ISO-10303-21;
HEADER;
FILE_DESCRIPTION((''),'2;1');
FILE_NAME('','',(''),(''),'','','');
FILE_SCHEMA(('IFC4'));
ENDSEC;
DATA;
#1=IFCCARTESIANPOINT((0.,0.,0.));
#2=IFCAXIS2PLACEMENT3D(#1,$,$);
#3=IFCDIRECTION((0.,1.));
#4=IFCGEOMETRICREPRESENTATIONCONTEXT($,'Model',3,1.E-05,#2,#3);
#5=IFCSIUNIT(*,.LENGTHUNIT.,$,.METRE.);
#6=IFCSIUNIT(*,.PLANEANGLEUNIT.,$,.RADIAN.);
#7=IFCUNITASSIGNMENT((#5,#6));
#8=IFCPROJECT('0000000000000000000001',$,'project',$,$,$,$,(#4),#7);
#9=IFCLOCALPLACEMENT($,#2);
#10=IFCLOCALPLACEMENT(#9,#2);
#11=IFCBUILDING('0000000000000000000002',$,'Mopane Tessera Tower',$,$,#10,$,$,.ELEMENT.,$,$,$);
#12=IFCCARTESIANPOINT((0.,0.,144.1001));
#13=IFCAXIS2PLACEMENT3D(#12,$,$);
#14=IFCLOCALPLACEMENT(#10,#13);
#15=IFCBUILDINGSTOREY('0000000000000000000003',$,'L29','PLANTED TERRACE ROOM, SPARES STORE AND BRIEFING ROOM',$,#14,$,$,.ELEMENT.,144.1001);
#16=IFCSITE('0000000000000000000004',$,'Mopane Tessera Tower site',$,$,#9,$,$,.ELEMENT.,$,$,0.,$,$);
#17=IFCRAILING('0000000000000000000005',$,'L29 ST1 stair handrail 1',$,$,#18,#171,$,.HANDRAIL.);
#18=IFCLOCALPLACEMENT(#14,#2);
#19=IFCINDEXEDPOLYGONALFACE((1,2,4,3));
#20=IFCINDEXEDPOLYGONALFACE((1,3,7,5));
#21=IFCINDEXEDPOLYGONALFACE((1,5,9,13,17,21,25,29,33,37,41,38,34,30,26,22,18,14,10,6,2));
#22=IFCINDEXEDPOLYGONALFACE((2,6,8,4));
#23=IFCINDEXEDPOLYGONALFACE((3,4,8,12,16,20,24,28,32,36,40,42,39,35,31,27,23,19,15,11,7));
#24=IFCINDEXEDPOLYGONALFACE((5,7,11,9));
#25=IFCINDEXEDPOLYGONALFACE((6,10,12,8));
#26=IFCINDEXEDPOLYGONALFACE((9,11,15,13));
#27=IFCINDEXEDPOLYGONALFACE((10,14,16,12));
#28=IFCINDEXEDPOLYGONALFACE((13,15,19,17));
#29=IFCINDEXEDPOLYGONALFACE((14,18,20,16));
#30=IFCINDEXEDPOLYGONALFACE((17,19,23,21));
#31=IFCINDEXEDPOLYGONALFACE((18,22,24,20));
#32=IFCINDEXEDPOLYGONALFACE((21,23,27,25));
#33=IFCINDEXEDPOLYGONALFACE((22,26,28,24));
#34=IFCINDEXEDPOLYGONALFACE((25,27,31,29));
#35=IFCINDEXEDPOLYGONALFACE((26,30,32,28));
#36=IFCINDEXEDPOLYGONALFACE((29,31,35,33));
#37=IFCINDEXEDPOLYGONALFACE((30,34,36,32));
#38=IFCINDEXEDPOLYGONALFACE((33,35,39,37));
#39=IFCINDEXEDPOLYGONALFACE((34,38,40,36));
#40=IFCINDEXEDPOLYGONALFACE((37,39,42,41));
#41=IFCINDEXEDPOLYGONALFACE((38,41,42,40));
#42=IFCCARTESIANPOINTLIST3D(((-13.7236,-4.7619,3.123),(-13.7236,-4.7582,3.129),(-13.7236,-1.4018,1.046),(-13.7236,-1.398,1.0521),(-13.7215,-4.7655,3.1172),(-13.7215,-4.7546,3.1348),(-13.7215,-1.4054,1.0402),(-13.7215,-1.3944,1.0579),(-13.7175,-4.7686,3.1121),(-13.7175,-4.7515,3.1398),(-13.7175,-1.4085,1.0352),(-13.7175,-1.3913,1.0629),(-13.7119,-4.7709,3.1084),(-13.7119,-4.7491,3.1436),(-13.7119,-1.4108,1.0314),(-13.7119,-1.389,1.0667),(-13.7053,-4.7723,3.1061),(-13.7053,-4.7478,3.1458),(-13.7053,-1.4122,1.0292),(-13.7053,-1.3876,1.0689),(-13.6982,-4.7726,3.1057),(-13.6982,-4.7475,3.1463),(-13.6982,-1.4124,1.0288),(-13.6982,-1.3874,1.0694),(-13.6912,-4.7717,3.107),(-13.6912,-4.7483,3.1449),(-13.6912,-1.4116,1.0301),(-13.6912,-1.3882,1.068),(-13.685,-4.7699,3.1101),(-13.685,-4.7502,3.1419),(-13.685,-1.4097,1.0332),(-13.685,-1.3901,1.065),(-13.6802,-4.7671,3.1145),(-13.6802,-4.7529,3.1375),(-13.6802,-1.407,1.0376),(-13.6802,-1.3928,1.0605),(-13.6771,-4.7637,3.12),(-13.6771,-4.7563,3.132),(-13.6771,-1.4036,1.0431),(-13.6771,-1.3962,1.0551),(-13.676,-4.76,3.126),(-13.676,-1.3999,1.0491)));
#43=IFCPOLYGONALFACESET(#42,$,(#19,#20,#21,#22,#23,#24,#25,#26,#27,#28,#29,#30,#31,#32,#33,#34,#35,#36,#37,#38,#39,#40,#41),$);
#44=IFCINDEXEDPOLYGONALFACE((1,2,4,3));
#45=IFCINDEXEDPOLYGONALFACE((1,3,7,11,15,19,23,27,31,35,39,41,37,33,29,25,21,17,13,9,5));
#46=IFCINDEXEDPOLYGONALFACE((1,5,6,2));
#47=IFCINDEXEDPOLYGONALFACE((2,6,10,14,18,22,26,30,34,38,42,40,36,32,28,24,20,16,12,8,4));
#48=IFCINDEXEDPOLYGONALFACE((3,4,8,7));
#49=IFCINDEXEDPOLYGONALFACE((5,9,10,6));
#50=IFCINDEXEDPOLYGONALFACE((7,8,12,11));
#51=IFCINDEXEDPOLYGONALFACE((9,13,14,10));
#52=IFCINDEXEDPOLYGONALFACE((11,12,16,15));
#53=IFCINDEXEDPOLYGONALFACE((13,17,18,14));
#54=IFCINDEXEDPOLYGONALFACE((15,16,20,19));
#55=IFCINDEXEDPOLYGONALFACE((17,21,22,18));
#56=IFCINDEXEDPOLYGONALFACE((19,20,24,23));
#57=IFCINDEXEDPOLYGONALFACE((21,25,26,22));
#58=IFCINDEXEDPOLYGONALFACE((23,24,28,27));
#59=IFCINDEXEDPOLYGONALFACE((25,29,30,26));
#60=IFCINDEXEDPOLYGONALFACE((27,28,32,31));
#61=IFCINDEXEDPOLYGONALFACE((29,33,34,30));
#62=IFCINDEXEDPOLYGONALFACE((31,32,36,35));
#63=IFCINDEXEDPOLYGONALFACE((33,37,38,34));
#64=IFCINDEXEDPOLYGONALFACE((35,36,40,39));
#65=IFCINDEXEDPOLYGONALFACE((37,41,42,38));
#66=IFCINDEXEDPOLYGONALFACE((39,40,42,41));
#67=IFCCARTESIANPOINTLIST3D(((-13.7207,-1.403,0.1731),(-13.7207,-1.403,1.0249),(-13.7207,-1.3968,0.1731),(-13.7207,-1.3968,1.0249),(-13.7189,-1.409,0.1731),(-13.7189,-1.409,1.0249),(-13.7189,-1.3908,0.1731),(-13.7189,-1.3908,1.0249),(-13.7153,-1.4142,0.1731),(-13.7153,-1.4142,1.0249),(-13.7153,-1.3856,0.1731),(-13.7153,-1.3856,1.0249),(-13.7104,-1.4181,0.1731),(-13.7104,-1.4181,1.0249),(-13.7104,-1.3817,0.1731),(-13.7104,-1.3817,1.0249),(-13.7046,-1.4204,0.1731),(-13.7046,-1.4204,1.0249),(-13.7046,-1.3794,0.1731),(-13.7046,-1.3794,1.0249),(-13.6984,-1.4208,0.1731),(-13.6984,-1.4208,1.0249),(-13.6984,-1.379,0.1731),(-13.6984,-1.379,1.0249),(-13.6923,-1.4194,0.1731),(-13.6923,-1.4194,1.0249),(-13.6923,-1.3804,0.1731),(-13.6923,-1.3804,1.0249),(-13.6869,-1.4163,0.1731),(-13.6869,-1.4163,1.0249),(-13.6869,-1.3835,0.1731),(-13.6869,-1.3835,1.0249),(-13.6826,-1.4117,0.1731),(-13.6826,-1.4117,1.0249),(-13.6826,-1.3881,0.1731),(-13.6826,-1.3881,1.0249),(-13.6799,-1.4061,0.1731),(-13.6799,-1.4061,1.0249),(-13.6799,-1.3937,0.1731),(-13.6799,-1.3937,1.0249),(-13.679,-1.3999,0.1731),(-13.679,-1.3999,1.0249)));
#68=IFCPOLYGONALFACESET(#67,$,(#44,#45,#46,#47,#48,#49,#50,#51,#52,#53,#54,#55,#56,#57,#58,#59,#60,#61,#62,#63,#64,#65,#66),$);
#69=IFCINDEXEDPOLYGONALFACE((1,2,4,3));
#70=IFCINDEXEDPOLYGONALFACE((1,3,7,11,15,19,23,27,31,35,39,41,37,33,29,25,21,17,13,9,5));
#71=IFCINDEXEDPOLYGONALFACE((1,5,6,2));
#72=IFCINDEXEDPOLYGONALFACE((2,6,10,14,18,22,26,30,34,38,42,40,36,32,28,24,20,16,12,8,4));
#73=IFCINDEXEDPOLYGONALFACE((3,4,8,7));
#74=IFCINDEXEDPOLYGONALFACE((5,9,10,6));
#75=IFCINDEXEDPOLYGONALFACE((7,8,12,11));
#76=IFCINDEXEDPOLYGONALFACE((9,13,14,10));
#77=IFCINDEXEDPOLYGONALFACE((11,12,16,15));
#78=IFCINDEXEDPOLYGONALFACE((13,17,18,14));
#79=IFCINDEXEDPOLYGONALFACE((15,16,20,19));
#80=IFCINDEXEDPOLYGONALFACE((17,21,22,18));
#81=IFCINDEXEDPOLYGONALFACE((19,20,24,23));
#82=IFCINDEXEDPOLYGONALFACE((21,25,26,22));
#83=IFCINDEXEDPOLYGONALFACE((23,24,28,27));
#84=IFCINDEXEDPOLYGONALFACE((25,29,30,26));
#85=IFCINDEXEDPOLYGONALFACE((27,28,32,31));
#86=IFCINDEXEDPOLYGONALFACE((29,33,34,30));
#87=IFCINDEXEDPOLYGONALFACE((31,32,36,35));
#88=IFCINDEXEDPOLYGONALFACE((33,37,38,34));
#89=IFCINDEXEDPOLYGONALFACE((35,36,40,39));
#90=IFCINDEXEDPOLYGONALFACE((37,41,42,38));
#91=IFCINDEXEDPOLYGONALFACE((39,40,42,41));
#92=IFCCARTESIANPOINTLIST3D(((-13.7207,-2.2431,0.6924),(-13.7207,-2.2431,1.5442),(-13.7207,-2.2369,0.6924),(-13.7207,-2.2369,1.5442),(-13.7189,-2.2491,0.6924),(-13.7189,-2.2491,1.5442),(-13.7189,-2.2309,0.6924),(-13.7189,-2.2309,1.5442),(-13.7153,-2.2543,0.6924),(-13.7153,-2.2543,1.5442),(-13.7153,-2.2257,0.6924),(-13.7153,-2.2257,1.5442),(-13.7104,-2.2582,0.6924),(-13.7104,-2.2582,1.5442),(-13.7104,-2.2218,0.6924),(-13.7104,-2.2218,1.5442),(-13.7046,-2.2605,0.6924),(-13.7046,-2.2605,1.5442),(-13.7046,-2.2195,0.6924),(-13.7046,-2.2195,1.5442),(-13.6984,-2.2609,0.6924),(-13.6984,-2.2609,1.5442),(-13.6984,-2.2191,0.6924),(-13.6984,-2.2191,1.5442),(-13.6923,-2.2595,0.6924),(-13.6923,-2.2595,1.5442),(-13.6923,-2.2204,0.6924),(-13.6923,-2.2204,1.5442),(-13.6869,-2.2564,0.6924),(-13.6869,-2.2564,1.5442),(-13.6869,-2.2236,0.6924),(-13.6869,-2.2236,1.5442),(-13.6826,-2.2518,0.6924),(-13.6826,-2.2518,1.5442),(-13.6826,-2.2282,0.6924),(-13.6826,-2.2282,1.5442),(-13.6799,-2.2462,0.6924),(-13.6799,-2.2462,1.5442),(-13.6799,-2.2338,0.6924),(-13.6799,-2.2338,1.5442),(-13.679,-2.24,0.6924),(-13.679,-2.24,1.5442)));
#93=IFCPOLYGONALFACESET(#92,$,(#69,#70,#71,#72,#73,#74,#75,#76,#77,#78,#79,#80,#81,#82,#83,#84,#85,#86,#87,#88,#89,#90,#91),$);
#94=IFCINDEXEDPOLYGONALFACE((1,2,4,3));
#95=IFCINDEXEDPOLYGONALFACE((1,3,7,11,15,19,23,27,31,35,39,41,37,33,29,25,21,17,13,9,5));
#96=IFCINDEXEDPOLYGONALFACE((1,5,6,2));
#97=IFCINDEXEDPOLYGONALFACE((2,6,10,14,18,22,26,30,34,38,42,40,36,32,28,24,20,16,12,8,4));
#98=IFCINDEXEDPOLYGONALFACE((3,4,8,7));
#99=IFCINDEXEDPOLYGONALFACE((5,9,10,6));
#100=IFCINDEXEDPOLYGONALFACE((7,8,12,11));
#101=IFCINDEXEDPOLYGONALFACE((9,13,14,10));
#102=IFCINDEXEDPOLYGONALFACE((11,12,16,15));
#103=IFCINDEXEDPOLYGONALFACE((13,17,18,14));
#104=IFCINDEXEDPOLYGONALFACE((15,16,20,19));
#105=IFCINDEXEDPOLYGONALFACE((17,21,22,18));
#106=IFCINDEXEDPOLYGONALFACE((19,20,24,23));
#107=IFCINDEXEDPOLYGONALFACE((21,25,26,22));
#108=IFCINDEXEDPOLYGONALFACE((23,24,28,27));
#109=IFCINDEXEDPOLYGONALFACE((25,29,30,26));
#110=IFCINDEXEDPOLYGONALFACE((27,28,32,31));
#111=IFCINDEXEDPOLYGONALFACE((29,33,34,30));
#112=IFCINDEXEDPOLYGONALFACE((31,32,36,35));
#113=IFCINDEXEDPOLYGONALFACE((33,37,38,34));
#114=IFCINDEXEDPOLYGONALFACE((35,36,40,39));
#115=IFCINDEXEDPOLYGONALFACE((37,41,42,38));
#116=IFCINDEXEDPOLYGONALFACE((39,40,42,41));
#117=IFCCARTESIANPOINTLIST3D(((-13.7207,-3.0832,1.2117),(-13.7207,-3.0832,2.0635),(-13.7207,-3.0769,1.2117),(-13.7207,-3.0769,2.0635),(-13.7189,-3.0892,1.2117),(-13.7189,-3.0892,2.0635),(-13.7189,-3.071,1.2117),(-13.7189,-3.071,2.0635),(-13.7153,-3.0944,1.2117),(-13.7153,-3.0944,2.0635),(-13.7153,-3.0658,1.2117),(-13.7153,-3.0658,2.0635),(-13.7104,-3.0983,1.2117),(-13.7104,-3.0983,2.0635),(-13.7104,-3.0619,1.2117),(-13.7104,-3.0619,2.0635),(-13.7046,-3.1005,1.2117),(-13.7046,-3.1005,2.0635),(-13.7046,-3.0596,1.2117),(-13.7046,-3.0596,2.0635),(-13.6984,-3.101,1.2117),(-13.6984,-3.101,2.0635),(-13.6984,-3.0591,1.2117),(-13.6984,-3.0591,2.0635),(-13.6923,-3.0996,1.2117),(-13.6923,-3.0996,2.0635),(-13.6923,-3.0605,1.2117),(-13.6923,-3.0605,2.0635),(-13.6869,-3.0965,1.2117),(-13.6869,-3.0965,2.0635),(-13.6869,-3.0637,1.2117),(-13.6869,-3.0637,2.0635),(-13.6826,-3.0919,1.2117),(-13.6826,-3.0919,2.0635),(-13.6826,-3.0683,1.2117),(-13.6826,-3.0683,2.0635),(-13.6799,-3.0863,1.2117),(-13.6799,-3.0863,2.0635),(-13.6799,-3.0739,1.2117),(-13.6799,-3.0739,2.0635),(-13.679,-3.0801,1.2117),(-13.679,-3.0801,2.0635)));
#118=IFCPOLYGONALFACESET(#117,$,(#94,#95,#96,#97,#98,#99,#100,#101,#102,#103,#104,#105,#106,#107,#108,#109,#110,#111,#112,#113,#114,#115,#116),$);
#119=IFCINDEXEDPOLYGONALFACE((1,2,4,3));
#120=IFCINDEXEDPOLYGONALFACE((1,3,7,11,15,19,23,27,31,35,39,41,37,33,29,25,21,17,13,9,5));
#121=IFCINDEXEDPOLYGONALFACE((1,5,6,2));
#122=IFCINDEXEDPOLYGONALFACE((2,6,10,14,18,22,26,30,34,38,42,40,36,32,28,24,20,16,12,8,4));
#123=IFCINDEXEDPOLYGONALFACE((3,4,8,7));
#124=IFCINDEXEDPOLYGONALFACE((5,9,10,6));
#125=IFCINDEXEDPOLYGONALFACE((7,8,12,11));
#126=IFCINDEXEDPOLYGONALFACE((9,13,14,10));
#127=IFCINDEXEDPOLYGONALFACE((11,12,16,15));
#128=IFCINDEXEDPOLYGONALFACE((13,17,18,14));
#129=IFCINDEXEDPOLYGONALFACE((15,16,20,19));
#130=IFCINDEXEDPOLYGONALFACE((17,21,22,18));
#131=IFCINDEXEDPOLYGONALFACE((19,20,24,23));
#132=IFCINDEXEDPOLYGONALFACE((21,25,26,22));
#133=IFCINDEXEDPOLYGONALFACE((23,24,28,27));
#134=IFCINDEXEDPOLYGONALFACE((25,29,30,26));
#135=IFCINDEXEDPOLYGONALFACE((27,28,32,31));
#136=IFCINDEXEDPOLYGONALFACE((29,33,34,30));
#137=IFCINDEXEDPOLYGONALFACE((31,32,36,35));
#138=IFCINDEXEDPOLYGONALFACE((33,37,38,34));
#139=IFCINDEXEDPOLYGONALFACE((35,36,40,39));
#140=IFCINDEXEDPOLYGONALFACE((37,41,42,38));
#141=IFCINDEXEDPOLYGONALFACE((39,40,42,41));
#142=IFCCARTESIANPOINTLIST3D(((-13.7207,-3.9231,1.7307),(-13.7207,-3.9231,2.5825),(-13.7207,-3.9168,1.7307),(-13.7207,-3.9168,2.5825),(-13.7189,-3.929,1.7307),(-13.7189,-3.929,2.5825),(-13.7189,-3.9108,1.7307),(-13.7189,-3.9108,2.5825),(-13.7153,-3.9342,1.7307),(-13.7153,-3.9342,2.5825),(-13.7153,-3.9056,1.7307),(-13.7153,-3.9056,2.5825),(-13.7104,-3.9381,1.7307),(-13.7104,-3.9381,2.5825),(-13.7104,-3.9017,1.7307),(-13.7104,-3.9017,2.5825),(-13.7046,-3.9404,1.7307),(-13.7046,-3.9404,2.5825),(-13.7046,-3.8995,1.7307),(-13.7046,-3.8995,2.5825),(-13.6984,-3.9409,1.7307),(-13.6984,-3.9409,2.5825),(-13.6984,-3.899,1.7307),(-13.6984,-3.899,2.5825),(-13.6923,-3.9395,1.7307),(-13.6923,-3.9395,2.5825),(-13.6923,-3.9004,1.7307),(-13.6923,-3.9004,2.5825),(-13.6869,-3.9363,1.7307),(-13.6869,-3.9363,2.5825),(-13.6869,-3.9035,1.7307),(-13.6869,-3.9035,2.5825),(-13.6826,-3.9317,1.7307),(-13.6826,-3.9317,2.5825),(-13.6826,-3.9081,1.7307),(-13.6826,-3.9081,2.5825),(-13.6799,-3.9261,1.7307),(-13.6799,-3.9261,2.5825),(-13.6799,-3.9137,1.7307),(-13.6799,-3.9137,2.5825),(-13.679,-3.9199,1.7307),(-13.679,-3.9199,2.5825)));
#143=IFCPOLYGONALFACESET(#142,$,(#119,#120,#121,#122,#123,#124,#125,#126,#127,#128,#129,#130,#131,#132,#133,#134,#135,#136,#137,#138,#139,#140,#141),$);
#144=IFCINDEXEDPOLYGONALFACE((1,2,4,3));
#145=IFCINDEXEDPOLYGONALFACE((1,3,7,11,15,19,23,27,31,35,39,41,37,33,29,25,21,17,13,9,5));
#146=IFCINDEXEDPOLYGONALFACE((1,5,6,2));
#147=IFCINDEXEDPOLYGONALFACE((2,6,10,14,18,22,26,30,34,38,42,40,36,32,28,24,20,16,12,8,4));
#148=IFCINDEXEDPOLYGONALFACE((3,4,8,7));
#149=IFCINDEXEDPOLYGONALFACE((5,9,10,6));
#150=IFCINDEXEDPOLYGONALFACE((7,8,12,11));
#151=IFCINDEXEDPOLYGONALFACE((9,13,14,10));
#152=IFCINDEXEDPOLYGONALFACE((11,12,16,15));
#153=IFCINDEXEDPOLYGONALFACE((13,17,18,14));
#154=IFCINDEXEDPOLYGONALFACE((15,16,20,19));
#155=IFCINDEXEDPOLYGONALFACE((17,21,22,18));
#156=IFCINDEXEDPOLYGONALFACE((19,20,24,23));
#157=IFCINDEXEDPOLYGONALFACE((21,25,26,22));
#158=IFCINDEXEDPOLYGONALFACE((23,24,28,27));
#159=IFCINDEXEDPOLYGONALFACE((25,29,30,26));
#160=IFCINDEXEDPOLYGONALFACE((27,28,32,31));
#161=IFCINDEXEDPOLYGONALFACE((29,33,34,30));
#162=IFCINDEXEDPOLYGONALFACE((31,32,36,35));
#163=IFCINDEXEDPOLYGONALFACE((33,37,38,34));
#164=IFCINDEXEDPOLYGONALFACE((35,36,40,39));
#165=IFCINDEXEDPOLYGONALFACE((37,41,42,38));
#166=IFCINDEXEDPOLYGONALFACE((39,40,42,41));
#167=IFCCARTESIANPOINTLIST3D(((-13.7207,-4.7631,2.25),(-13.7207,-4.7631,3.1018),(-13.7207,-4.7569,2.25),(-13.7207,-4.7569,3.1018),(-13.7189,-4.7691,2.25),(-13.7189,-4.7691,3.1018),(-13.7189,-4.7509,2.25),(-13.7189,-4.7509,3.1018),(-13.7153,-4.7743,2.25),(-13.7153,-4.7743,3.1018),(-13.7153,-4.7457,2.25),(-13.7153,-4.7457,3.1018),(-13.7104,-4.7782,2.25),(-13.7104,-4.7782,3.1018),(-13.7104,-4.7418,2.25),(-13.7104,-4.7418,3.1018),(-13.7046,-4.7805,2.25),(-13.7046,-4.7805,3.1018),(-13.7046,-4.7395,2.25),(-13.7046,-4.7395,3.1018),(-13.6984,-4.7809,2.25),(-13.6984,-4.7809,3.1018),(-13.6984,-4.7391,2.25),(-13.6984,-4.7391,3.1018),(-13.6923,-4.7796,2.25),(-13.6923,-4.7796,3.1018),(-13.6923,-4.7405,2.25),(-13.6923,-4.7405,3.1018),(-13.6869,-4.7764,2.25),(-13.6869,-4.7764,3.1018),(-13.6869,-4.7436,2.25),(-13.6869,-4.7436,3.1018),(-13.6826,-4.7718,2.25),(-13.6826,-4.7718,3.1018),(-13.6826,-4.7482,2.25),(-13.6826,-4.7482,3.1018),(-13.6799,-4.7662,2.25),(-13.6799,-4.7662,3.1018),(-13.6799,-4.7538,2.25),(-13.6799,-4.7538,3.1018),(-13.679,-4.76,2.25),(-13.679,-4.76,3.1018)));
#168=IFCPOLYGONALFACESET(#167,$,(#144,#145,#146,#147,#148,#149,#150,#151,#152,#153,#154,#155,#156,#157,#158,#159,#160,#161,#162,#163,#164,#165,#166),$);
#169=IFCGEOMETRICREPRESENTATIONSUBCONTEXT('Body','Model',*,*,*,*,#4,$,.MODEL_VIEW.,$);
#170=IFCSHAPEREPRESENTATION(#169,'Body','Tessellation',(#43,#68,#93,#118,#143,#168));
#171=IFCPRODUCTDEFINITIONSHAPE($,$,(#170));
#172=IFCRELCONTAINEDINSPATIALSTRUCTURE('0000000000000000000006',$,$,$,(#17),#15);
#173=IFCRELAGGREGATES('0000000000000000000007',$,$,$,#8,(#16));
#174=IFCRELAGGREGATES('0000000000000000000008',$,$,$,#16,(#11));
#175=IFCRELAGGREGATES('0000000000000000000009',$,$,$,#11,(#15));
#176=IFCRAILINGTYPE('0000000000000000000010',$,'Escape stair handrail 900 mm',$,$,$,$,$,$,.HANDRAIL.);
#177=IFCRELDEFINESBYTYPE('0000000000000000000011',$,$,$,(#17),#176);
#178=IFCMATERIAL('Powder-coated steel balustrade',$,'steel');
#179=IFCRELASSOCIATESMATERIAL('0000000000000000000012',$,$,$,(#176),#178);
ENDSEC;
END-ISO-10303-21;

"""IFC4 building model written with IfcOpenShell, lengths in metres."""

from ifc_helpers import new_model, si_unit, direction, frame, origin, origin_2d, place, context, subcontext, project, spatial, circle, extrude, material, type_object, element, save


model = new_model("IFC4")

# Units and contexts
model_context = context("Model", 3, precision=1e-05, world=origin(), true_north=direction((0.0, 1.0)))
body_context = subcontext(model_context, "Body", "Model", "MODEL_VIEW")
ifc_project = project(units=[si_unit("LENGTHUNIT", "METRE"), si_unit("PLANEANGLEUNIT", "RADIAN")], contexts=[model_context])

# Site, building, storey
site_placement = place(None, origin())
site = spatial("IfcSite", under=ifc_project, at=site_placement, Name="Mopane Tessera Tower site", CompositionType="ELEMENT", RefElevation=0.0)
building_placement = place(site_placement, origin())
building = spatial("IfcBuilding", under=site, at=building_placement, Name="Mopane Tessera Tower", CompositionType="ELEMENT")
storey_placement = place(building_placement, frame((0.0, 0.0, 144.1001)))
storey = spatial("IfcBuildingStorey", under=building, at=storey_placement, Name="L29", Description="PLANTED TERRACE ROOM, SPARES STORE AND BRIEFING ROOM", CompositionType="ELEMENT", Elevation=144.1001)

# Railing
ifc_material_1 = material(Name="Powder-coated steel balustrade", Category="steel")
railing_type_1 = type_object("IfcRailingType", Name="Escape stair handrail 900 mm", PredefinedType="HANDRAIL", material=ifc_material_1)
railing_1_placement = place(storey_placement, frame((-13.7, -1.3999, 0.1731)))
element("IfcRailing", 1, at=railing_1_placement, inside=storey, type_object=railing_type_1, Name="L29 ST1 stair handrail 1", PredefinedType="HANDRAIL", context=body_context, shape_type="SweptSolid", body=[
    extrude(circle(Radius=0.0239, at=origin_2d()), frame((0.0, 0.0, 0.876), z_axis=(0.0, -0.850623, 0.525776), x_axis=(1.0, 0.0, 0.0)), (0.0, 0.0, 1.0), 3.9502),
    extrude(circle(Radius=0.021, at=origin_2d()), origin(), (0.0, 0.0, 1.0), 0.8518),
    extrude(circle(Radius=0.021, at=origin_2d()), frame((0.0, -0.8401, 0.5193)), (0.0, 0.0, 1.0), 0.8518),
    extrude(circle(Radius=0.021, at=origin_2d()), frame((0.0, -1.6802, 1.0386)), (0.0, 0.0, 1.0), 0.8518),
    extrude(circle(Radius=0.021, at=origin_2d()), frame((0.0, -2.52, 1.5576)), (0.0, 0.0, 1.0), 0.8518),
    extrude(circle(Radius=0.021, at=origin_2d()), frame((0.0, -3.3601, 2.0769)), (0.0, 0.0, 1.0), 0.8518),
])

save(model, "model.ifc")
